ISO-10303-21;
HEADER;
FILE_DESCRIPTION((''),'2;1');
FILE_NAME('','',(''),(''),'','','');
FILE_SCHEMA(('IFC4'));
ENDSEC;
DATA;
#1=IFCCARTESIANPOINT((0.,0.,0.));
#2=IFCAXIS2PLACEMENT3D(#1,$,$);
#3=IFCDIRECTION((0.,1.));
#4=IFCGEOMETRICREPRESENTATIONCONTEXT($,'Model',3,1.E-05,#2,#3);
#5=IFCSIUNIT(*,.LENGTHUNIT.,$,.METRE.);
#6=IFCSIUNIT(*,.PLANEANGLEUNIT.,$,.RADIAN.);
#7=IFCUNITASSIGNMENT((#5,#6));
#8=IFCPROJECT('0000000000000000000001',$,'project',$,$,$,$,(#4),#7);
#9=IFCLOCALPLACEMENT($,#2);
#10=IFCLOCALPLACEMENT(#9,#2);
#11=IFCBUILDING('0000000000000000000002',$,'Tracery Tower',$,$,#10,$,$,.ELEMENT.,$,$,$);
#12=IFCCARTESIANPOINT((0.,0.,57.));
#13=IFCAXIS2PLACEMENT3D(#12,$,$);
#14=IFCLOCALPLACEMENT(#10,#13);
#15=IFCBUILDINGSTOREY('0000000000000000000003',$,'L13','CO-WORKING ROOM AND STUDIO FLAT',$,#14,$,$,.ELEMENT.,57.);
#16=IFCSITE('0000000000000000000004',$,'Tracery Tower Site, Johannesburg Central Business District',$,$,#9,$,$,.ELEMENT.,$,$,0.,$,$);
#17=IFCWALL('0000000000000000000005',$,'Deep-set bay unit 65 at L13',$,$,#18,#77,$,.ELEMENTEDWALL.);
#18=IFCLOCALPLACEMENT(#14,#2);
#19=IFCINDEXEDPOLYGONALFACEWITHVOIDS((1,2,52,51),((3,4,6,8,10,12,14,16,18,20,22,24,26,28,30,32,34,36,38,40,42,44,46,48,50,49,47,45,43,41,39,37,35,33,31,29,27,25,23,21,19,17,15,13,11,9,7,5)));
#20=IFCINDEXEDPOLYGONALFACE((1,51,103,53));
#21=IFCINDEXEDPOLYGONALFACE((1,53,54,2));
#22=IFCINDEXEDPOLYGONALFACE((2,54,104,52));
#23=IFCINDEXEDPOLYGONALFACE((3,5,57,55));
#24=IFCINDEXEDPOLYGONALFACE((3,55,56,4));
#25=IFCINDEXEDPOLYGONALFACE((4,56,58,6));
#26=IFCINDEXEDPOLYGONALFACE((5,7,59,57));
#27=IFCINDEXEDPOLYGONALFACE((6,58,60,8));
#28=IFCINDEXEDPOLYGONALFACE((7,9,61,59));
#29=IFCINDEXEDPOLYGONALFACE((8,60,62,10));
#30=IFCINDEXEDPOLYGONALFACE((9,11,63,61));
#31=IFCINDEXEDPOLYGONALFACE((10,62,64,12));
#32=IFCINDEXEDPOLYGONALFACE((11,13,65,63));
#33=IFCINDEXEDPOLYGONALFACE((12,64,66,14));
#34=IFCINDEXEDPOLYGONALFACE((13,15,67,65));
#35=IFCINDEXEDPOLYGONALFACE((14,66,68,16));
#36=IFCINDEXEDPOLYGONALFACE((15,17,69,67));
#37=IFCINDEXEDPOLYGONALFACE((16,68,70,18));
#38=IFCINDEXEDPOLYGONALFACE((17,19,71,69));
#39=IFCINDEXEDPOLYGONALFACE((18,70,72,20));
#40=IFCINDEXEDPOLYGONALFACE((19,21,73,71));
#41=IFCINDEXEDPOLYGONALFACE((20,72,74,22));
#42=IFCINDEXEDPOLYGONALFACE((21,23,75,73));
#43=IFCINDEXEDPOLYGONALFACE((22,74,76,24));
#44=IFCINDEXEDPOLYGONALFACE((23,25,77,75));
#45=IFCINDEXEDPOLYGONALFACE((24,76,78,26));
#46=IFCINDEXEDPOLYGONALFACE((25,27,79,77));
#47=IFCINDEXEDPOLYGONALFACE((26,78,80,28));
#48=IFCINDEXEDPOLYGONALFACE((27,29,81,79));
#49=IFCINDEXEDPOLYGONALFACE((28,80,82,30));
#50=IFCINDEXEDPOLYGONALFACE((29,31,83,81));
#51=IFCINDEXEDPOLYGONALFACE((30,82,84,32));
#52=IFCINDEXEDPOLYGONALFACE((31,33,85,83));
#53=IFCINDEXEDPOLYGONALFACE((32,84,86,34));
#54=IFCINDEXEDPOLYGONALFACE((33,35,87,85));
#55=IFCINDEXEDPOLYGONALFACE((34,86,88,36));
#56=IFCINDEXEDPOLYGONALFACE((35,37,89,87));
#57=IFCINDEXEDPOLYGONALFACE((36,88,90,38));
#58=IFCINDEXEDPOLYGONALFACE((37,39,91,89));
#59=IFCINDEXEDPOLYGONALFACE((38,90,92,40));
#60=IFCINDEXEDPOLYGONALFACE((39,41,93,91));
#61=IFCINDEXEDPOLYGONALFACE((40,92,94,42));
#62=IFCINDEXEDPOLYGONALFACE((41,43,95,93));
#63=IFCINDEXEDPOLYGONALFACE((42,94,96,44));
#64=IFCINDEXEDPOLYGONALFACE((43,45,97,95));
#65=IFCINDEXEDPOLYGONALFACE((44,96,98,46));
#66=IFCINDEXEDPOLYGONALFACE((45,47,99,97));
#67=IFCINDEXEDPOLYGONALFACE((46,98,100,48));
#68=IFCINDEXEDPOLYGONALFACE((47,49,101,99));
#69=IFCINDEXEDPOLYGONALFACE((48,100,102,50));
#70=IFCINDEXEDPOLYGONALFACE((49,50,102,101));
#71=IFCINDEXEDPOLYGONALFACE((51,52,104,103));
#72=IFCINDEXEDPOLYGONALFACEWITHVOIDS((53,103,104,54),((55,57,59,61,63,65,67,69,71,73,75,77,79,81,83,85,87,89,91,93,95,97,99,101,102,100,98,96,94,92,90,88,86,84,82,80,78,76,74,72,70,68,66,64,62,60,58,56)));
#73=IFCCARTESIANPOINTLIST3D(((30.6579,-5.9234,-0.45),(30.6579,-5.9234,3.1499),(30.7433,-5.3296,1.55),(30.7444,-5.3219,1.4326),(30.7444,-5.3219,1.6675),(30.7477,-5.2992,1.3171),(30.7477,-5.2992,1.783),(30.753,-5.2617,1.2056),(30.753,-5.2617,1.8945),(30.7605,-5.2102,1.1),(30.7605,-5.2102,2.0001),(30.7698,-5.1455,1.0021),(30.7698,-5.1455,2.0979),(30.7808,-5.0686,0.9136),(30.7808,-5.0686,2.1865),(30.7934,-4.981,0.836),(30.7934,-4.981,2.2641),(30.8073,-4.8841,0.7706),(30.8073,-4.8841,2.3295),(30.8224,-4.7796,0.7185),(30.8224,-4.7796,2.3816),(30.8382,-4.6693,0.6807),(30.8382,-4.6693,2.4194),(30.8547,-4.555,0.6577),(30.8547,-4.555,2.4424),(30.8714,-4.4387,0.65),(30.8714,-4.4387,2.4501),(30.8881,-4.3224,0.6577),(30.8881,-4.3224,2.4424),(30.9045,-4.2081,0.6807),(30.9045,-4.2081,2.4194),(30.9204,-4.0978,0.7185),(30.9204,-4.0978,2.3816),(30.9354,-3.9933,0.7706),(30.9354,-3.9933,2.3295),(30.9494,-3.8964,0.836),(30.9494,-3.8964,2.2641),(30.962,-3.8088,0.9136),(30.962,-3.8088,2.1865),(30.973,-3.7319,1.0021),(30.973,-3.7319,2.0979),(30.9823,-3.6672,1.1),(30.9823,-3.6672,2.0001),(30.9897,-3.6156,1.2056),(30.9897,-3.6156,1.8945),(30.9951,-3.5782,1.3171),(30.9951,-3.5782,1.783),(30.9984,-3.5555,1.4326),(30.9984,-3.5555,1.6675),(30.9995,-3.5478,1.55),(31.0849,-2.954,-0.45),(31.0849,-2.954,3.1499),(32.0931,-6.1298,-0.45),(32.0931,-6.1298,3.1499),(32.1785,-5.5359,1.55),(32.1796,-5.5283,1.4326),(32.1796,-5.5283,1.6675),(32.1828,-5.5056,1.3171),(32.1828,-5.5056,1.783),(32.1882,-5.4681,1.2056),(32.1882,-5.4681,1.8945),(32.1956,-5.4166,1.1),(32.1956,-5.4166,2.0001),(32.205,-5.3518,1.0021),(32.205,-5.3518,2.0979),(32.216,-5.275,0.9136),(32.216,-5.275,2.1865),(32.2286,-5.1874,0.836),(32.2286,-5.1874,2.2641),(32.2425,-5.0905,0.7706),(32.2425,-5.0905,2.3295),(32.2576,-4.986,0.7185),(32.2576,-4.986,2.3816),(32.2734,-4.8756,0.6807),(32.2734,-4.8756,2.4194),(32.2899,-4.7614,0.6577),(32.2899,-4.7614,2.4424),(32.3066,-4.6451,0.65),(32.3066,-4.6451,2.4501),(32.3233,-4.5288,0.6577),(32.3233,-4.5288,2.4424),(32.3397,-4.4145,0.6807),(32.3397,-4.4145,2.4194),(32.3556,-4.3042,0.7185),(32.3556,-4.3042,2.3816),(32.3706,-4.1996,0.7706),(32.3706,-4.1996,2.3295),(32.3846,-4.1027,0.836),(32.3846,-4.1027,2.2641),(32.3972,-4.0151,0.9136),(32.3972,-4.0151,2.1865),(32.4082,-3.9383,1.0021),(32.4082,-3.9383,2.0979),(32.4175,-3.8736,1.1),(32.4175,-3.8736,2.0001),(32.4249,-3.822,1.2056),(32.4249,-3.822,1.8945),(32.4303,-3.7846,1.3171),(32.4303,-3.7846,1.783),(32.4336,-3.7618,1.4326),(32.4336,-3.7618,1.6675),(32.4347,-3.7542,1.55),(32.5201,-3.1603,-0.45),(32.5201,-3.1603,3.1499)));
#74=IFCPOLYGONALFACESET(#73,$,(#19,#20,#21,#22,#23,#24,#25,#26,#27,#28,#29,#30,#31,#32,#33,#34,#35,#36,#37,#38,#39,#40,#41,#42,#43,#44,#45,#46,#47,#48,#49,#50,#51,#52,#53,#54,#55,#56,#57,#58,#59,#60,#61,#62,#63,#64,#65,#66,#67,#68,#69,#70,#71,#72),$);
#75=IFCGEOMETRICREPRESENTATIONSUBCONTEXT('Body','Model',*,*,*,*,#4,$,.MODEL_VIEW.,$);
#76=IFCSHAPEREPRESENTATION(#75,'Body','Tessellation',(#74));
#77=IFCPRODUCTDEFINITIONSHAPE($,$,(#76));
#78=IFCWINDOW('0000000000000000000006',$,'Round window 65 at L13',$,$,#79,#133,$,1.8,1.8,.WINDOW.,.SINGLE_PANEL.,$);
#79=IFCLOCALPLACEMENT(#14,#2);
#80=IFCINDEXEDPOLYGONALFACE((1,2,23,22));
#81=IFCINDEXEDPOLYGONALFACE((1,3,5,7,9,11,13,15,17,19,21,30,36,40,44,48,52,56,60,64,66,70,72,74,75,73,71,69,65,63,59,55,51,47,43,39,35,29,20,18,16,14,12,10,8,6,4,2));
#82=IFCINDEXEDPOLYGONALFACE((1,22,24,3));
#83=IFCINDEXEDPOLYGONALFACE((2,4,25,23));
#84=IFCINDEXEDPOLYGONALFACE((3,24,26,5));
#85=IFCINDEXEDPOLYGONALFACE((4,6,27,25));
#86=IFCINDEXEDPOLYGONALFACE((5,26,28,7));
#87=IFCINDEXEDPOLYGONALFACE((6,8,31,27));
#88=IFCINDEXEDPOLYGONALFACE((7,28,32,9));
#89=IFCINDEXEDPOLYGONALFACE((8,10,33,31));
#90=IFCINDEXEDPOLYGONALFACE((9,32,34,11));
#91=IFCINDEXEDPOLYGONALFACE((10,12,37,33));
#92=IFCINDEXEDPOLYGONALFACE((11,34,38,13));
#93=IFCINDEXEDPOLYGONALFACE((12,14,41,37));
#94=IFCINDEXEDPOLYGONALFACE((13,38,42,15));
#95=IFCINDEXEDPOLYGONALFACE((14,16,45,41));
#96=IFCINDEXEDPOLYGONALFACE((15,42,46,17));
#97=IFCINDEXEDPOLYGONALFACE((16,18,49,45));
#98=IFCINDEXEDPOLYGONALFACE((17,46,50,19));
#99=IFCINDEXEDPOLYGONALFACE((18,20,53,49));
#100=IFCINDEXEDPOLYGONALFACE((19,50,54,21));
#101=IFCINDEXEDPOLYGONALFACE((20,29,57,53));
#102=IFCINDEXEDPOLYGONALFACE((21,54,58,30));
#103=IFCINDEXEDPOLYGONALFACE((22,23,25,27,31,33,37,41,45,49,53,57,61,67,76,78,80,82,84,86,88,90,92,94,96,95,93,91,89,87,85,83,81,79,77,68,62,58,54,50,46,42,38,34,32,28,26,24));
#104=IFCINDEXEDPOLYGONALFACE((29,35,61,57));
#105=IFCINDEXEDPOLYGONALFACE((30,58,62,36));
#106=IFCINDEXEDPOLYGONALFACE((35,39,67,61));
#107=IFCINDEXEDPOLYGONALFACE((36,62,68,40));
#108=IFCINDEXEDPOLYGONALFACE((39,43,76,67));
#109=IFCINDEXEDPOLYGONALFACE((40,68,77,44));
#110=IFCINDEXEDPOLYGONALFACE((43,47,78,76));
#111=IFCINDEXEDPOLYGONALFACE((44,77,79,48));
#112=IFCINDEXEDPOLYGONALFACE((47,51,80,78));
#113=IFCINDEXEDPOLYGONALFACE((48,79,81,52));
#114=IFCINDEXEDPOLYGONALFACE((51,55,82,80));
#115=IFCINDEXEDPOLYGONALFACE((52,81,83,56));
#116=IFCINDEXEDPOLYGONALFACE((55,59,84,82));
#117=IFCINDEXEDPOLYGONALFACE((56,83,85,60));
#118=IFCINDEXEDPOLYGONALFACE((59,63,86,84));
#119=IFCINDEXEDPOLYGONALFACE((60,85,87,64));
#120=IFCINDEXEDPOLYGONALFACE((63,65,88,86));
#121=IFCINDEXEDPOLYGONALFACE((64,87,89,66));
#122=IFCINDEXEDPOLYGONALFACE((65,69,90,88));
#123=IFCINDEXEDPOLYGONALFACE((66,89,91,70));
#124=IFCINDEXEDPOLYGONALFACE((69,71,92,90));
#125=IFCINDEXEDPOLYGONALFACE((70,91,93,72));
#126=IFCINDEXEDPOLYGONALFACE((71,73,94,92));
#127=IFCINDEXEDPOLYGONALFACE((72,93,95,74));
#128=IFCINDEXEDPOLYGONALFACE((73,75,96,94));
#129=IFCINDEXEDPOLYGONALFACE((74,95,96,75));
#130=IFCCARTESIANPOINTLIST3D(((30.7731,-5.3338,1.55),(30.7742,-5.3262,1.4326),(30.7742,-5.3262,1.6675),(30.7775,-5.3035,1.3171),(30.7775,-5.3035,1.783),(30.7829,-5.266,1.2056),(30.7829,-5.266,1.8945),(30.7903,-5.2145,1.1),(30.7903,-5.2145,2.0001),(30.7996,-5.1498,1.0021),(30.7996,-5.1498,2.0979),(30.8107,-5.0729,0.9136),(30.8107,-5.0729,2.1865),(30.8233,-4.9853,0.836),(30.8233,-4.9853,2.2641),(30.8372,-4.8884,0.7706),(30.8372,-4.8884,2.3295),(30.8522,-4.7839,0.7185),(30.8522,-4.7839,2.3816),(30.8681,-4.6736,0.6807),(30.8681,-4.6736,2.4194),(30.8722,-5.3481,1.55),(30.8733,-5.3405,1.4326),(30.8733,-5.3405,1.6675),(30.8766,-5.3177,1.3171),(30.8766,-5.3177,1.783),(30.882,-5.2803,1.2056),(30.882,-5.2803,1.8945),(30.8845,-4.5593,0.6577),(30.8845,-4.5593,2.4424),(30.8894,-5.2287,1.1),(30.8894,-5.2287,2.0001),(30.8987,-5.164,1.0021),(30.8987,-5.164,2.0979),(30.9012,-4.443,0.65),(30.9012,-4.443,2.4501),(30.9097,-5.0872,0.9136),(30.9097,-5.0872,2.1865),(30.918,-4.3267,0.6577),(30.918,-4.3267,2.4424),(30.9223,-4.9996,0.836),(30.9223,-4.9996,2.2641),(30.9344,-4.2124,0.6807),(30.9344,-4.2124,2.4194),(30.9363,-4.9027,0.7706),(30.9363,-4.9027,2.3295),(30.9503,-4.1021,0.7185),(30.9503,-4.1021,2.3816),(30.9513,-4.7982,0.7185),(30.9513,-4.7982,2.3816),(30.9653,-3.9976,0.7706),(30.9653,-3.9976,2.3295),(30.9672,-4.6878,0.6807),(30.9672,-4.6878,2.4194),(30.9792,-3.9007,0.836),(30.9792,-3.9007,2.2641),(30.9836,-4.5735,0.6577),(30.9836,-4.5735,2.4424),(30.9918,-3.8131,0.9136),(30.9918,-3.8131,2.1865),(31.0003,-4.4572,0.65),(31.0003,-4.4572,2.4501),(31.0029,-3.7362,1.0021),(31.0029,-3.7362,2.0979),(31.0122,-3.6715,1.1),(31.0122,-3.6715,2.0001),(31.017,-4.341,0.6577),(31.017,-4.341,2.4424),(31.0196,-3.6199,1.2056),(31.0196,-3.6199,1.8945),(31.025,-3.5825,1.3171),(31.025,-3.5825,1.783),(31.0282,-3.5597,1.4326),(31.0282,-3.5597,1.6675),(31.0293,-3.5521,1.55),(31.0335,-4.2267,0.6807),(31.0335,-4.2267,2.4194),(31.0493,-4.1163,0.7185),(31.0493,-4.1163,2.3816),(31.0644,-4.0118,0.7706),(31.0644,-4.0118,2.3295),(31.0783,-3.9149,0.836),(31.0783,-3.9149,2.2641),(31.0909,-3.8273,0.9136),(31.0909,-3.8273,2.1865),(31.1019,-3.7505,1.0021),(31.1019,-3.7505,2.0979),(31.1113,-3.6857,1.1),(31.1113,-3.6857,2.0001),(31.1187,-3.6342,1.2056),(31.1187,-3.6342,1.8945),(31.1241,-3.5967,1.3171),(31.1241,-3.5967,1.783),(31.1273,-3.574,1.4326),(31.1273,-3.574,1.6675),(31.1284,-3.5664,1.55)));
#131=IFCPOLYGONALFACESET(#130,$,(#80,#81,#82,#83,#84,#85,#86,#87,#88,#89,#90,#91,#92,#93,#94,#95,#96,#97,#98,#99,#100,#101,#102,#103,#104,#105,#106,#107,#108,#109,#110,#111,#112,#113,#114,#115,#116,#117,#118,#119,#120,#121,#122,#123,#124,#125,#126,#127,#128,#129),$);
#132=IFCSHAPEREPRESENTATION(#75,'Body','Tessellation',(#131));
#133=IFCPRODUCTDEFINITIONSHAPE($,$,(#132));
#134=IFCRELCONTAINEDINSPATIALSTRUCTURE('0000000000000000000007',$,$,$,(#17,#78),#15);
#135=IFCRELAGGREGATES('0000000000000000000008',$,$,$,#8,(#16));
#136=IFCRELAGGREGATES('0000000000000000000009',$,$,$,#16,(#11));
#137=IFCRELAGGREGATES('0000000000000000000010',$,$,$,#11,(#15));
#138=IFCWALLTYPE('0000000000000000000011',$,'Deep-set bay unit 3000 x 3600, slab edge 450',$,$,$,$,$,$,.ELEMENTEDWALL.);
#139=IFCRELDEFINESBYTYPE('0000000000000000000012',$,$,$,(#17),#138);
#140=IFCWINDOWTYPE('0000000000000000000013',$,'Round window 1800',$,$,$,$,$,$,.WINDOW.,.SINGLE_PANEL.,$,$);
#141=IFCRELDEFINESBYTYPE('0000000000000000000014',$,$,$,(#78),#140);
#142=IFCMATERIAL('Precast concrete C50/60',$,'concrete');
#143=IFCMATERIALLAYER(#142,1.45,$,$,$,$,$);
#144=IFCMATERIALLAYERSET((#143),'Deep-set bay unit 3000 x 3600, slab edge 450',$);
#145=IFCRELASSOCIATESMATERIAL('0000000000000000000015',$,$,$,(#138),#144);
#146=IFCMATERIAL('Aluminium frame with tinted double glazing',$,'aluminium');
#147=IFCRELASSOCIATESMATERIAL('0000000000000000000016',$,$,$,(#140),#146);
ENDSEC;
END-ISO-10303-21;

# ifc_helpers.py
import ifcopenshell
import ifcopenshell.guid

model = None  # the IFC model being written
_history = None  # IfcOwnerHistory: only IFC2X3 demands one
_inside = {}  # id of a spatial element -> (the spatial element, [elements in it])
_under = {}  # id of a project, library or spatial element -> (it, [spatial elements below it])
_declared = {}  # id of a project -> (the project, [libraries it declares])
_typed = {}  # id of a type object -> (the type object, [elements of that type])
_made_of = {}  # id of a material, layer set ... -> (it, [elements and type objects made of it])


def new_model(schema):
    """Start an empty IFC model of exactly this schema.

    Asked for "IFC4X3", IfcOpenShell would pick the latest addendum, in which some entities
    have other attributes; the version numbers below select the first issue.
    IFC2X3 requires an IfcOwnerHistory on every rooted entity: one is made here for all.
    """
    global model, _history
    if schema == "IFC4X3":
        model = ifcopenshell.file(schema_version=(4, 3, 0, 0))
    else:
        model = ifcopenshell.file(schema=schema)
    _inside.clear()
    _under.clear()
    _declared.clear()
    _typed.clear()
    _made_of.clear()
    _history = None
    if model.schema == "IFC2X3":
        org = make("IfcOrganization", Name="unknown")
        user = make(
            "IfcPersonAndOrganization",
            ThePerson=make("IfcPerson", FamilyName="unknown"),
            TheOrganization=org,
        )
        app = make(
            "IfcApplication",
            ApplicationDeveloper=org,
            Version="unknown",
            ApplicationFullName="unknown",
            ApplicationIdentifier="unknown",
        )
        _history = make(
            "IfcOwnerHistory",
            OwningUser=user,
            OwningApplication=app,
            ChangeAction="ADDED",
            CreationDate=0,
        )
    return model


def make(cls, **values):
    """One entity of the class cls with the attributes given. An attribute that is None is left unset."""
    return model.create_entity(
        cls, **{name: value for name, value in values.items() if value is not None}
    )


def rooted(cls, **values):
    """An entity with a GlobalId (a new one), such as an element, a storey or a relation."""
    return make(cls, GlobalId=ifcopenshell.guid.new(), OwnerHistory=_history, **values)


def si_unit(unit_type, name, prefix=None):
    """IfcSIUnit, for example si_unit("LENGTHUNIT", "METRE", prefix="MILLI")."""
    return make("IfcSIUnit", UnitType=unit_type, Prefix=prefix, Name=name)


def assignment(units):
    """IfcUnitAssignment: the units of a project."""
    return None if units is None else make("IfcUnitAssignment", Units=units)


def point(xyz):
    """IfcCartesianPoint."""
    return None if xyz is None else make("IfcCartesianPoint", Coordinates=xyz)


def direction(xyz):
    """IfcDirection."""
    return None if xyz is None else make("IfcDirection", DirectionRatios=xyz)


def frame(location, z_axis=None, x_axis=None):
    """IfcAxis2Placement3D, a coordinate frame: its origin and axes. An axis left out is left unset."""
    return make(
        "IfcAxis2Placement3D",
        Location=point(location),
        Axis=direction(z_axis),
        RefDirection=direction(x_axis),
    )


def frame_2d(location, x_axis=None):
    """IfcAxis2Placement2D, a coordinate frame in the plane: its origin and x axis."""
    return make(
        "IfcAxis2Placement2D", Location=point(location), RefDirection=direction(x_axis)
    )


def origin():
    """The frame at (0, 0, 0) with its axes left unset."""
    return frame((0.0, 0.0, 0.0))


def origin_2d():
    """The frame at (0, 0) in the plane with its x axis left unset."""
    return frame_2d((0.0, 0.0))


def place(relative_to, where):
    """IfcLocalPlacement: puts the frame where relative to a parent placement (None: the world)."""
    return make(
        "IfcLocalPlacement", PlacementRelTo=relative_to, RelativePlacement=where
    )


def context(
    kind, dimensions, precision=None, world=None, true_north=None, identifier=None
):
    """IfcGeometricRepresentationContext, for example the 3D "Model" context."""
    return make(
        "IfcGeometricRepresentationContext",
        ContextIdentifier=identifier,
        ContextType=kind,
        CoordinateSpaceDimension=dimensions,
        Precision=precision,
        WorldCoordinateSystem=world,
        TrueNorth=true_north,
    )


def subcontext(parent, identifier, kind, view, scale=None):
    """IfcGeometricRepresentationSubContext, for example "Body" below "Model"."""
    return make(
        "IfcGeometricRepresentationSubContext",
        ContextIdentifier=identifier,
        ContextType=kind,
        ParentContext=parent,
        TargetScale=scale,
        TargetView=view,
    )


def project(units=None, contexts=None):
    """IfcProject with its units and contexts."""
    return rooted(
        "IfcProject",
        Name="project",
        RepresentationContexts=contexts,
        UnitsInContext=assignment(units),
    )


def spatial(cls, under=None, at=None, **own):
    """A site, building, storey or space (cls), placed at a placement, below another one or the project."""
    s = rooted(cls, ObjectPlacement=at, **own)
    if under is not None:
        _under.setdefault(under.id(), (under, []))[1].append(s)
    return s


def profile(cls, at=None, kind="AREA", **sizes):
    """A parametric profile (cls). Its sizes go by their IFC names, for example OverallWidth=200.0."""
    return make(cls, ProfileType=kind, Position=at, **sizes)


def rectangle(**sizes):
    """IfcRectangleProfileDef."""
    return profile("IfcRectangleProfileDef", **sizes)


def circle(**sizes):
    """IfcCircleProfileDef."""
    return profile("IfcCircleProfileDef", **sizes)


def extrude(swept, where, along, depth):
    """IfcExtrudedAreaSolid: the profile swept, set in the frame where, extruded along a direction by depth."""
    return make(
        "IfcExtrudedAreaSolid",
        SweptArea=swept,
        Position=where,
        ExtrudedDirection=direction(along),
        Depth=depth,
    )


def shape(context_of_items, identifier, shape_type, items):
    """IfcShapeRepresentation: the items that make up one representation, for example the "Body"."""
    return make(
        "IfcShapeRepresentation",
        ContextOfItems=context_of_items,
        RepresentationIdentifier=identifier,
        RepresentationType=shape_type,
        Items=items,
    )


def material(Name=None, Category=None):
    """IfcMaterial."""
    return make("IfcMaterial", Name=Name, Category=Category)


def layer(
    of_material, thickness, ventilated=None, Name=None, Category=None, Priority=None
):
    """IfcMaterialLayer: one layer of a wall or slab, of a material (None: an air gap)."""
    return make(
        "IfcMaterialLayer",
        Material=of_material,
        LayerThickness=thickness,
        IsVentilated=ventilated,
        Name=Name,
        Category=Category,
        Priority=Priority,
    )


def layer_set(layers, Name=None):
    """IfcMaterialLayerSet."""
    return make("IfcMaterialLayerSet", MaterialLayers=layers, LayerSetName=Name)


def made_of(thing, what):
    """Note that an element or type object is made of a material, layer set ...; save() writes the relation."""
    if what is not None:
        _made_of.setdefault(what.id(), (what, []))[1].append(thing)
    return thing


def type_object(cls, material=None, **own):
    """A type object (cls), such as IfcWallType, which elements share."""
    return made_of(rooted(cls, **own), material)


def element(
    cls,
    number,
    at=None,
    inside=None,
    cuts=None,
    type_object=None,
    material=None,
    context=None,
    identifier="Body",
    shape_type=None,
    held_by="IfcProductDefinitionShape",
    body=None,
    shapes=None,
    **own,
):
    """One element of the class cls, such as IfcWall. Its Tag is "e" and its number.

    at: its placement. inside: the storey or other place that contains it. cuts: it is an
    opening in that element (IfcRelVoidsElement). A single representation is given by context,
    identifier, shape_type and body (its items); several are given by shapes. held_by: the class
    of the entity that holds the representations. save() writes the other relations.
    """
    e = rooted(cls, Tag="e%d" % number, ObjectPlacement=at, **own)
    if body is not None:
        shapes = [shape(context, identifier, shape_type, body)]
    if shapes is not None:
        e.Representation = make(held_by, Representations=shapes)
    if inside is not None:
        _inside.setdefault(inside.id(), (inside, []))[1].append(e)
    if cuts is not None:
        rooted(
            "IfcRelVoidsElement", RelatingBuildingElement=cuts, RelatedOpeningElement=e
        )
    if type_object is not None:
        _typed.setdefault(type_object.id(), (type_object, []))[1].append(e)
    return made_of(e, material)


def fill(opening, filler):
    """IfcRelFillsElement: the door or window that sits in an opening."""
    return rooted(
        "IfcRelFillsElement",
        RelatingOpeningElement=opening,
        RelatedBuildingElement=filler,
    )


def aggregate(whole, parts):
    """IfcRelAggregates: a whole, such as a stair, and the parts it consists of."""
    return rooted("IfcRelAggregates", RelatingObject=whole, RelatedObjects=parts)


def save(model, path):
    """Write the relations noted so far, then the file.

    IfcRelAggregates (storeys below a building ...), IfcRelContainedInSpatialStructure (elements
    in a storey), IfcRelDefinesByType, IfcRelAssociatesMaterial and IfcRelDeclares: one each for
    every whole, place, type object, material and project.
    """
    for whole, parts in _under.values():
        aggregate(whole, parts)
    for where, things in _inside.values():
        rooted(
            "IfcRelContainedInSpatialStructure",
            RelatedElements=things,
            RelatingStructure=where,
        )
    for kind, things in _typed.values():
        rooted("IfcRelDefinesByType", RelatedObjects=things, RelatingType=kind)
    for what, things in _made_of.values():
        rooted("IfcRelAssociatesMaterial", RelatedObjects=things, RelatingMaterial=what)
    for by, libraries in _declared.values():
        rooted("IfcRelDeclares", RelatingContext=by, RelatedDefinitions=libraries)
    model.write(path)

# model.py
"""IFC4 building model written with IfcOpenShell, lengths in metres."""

from ifc_helpers import new_model, si_unit, direction, frame, frame_2d, origin, origin_2d, place, context, subcontext, project, spatial, rectangle, circle, extrude, material, layer, layer_set, type_object, element, fill, save


model = new_model("IFC4")

# Units and contexts
model_context = context("Model", 3, precision=1e-05, world=origin(), true_north=direction((0.0, 1.0)))
body_context = subcontext(model_context, "Body", "Model", "MODEL_VIEW")
ifc_project = project(units=[si_unit("LENGTHUNIT", "METRE"), si_unit("PLANEANGLEUNIT", "RADIAN")], contexts=[model_context])

# Site, building, storey
site_placement = place(None, origin())
site = spatial("IfcSite", under=ifc_project, at=site_placement, Name="Tracery Tower Site, Johannesburg Central Business District", CompositionType="ELEMENT", RefElevation=0.0)
building_placement = place(site_placement, origin())
building = spatial("IfcBuilding", under=site, at=building_placement, Name="Tracery Tower", CompositionType="ELEMENT")
storey_placement = place(building_placement, frame((0.0, 0.0, 57.0)))
storey = spatial("IfcBuildingStorey", under=building, at=storey_placement, Name="L13", Description="CO-WORKING ROOM AND STUDIO FLAT", CompositionType="ELEMENT", Elevation=57.0)

# Wall, opening, window
ifc_material_1 = material(Name="Precast concrete C50/60", Category="concrete")
ifc_layer_1 = layer(ifc_material_1, 1.45)
ifc_layer_set_1 = layer_set([ifc_layer_1], Name="Deep-set bay unit 3000 x 3600, slab edge 450")
wall_type_1 = type_object("IfcWallType", Name="Deep-set bay unit 3000 x 3600, slab edge 450", PredefinedType="ELEMENTEDWALL", material=ifc_layer_set_1)
wall_1_placement = place(storey_placement, frame((31.3755, -6.0266, -0.45), z_axis=(0.0, 0.0, 1.0), x_axis=(0.142333, 0.989819, 0.0)))
wall_1 = element("IfcWall", 1, at=wall_1_placement, inside=storey, type_object=wall_type_1, Name="Deep-set bay unit 65 at L13", PredefinedType="ELEMENTEDWALL", context=body_context, shape_type="SweptSolid", body=[
    extrude(rectangle(XDim=3.0, YDim=1.45, at=frame_2d((1.5, 0.0))), origin(), (0.0, 0.0, 1.0), 3.5999),
])
opening_1_placement = place(wall_1_placement, frame((1.5, 0.0, 2.0)))
opening_1 = element("IfcOpeningElement", 2, at=opening_1_placement, cuts=wall_1, PredefinedType="OPENING", context=body_context, shape_type="SweptSolid", body=[
    extrude(circle(Radius=0.9, at=origin_2d()), frame((0.0, 0.7349, 0.0), z_axis=(0.0, -1.0, 0.0), x_axis=(1.0, 0.0, 0.0)), (0.0, 0.0, 1.0), 1.47),
])
ifc_material_2 = material(Name="Aluminium frame with tinted double glazing", Category="aluminium")
window_type = type_object("IfcWindowType", Name="Round window 1800", PartitioningType="SINGLE_PANEL", PredefinedType="WINDOW", material=ifc_material_2)
window_1_placement = place(opening_1_placement, origin())
window_1 = element("IfcWindow", 3, at=window_1_placement, inside=storey, type_object=window_type, Name="Round window 65 at L13", OverallHeight=1.8, OverallWidth=1.8, PartitioningType="SINGLE_PANEL", PredefinedType="WINDOW", context=body_context, shape_type="SweptSolid", body=[
    extrude(circle(Radius=0.9, at=origin_2d()), frame((0.0, 0.6948, 0.0), z_axis=(0.0, -1.0, 0.0), x_axis=(1.0, 0.0, 0.0)), (0.0, 0.0, 1.0), 0.1001),
])
fill(opening_1, window_1)

save(model, "model.ifc")
